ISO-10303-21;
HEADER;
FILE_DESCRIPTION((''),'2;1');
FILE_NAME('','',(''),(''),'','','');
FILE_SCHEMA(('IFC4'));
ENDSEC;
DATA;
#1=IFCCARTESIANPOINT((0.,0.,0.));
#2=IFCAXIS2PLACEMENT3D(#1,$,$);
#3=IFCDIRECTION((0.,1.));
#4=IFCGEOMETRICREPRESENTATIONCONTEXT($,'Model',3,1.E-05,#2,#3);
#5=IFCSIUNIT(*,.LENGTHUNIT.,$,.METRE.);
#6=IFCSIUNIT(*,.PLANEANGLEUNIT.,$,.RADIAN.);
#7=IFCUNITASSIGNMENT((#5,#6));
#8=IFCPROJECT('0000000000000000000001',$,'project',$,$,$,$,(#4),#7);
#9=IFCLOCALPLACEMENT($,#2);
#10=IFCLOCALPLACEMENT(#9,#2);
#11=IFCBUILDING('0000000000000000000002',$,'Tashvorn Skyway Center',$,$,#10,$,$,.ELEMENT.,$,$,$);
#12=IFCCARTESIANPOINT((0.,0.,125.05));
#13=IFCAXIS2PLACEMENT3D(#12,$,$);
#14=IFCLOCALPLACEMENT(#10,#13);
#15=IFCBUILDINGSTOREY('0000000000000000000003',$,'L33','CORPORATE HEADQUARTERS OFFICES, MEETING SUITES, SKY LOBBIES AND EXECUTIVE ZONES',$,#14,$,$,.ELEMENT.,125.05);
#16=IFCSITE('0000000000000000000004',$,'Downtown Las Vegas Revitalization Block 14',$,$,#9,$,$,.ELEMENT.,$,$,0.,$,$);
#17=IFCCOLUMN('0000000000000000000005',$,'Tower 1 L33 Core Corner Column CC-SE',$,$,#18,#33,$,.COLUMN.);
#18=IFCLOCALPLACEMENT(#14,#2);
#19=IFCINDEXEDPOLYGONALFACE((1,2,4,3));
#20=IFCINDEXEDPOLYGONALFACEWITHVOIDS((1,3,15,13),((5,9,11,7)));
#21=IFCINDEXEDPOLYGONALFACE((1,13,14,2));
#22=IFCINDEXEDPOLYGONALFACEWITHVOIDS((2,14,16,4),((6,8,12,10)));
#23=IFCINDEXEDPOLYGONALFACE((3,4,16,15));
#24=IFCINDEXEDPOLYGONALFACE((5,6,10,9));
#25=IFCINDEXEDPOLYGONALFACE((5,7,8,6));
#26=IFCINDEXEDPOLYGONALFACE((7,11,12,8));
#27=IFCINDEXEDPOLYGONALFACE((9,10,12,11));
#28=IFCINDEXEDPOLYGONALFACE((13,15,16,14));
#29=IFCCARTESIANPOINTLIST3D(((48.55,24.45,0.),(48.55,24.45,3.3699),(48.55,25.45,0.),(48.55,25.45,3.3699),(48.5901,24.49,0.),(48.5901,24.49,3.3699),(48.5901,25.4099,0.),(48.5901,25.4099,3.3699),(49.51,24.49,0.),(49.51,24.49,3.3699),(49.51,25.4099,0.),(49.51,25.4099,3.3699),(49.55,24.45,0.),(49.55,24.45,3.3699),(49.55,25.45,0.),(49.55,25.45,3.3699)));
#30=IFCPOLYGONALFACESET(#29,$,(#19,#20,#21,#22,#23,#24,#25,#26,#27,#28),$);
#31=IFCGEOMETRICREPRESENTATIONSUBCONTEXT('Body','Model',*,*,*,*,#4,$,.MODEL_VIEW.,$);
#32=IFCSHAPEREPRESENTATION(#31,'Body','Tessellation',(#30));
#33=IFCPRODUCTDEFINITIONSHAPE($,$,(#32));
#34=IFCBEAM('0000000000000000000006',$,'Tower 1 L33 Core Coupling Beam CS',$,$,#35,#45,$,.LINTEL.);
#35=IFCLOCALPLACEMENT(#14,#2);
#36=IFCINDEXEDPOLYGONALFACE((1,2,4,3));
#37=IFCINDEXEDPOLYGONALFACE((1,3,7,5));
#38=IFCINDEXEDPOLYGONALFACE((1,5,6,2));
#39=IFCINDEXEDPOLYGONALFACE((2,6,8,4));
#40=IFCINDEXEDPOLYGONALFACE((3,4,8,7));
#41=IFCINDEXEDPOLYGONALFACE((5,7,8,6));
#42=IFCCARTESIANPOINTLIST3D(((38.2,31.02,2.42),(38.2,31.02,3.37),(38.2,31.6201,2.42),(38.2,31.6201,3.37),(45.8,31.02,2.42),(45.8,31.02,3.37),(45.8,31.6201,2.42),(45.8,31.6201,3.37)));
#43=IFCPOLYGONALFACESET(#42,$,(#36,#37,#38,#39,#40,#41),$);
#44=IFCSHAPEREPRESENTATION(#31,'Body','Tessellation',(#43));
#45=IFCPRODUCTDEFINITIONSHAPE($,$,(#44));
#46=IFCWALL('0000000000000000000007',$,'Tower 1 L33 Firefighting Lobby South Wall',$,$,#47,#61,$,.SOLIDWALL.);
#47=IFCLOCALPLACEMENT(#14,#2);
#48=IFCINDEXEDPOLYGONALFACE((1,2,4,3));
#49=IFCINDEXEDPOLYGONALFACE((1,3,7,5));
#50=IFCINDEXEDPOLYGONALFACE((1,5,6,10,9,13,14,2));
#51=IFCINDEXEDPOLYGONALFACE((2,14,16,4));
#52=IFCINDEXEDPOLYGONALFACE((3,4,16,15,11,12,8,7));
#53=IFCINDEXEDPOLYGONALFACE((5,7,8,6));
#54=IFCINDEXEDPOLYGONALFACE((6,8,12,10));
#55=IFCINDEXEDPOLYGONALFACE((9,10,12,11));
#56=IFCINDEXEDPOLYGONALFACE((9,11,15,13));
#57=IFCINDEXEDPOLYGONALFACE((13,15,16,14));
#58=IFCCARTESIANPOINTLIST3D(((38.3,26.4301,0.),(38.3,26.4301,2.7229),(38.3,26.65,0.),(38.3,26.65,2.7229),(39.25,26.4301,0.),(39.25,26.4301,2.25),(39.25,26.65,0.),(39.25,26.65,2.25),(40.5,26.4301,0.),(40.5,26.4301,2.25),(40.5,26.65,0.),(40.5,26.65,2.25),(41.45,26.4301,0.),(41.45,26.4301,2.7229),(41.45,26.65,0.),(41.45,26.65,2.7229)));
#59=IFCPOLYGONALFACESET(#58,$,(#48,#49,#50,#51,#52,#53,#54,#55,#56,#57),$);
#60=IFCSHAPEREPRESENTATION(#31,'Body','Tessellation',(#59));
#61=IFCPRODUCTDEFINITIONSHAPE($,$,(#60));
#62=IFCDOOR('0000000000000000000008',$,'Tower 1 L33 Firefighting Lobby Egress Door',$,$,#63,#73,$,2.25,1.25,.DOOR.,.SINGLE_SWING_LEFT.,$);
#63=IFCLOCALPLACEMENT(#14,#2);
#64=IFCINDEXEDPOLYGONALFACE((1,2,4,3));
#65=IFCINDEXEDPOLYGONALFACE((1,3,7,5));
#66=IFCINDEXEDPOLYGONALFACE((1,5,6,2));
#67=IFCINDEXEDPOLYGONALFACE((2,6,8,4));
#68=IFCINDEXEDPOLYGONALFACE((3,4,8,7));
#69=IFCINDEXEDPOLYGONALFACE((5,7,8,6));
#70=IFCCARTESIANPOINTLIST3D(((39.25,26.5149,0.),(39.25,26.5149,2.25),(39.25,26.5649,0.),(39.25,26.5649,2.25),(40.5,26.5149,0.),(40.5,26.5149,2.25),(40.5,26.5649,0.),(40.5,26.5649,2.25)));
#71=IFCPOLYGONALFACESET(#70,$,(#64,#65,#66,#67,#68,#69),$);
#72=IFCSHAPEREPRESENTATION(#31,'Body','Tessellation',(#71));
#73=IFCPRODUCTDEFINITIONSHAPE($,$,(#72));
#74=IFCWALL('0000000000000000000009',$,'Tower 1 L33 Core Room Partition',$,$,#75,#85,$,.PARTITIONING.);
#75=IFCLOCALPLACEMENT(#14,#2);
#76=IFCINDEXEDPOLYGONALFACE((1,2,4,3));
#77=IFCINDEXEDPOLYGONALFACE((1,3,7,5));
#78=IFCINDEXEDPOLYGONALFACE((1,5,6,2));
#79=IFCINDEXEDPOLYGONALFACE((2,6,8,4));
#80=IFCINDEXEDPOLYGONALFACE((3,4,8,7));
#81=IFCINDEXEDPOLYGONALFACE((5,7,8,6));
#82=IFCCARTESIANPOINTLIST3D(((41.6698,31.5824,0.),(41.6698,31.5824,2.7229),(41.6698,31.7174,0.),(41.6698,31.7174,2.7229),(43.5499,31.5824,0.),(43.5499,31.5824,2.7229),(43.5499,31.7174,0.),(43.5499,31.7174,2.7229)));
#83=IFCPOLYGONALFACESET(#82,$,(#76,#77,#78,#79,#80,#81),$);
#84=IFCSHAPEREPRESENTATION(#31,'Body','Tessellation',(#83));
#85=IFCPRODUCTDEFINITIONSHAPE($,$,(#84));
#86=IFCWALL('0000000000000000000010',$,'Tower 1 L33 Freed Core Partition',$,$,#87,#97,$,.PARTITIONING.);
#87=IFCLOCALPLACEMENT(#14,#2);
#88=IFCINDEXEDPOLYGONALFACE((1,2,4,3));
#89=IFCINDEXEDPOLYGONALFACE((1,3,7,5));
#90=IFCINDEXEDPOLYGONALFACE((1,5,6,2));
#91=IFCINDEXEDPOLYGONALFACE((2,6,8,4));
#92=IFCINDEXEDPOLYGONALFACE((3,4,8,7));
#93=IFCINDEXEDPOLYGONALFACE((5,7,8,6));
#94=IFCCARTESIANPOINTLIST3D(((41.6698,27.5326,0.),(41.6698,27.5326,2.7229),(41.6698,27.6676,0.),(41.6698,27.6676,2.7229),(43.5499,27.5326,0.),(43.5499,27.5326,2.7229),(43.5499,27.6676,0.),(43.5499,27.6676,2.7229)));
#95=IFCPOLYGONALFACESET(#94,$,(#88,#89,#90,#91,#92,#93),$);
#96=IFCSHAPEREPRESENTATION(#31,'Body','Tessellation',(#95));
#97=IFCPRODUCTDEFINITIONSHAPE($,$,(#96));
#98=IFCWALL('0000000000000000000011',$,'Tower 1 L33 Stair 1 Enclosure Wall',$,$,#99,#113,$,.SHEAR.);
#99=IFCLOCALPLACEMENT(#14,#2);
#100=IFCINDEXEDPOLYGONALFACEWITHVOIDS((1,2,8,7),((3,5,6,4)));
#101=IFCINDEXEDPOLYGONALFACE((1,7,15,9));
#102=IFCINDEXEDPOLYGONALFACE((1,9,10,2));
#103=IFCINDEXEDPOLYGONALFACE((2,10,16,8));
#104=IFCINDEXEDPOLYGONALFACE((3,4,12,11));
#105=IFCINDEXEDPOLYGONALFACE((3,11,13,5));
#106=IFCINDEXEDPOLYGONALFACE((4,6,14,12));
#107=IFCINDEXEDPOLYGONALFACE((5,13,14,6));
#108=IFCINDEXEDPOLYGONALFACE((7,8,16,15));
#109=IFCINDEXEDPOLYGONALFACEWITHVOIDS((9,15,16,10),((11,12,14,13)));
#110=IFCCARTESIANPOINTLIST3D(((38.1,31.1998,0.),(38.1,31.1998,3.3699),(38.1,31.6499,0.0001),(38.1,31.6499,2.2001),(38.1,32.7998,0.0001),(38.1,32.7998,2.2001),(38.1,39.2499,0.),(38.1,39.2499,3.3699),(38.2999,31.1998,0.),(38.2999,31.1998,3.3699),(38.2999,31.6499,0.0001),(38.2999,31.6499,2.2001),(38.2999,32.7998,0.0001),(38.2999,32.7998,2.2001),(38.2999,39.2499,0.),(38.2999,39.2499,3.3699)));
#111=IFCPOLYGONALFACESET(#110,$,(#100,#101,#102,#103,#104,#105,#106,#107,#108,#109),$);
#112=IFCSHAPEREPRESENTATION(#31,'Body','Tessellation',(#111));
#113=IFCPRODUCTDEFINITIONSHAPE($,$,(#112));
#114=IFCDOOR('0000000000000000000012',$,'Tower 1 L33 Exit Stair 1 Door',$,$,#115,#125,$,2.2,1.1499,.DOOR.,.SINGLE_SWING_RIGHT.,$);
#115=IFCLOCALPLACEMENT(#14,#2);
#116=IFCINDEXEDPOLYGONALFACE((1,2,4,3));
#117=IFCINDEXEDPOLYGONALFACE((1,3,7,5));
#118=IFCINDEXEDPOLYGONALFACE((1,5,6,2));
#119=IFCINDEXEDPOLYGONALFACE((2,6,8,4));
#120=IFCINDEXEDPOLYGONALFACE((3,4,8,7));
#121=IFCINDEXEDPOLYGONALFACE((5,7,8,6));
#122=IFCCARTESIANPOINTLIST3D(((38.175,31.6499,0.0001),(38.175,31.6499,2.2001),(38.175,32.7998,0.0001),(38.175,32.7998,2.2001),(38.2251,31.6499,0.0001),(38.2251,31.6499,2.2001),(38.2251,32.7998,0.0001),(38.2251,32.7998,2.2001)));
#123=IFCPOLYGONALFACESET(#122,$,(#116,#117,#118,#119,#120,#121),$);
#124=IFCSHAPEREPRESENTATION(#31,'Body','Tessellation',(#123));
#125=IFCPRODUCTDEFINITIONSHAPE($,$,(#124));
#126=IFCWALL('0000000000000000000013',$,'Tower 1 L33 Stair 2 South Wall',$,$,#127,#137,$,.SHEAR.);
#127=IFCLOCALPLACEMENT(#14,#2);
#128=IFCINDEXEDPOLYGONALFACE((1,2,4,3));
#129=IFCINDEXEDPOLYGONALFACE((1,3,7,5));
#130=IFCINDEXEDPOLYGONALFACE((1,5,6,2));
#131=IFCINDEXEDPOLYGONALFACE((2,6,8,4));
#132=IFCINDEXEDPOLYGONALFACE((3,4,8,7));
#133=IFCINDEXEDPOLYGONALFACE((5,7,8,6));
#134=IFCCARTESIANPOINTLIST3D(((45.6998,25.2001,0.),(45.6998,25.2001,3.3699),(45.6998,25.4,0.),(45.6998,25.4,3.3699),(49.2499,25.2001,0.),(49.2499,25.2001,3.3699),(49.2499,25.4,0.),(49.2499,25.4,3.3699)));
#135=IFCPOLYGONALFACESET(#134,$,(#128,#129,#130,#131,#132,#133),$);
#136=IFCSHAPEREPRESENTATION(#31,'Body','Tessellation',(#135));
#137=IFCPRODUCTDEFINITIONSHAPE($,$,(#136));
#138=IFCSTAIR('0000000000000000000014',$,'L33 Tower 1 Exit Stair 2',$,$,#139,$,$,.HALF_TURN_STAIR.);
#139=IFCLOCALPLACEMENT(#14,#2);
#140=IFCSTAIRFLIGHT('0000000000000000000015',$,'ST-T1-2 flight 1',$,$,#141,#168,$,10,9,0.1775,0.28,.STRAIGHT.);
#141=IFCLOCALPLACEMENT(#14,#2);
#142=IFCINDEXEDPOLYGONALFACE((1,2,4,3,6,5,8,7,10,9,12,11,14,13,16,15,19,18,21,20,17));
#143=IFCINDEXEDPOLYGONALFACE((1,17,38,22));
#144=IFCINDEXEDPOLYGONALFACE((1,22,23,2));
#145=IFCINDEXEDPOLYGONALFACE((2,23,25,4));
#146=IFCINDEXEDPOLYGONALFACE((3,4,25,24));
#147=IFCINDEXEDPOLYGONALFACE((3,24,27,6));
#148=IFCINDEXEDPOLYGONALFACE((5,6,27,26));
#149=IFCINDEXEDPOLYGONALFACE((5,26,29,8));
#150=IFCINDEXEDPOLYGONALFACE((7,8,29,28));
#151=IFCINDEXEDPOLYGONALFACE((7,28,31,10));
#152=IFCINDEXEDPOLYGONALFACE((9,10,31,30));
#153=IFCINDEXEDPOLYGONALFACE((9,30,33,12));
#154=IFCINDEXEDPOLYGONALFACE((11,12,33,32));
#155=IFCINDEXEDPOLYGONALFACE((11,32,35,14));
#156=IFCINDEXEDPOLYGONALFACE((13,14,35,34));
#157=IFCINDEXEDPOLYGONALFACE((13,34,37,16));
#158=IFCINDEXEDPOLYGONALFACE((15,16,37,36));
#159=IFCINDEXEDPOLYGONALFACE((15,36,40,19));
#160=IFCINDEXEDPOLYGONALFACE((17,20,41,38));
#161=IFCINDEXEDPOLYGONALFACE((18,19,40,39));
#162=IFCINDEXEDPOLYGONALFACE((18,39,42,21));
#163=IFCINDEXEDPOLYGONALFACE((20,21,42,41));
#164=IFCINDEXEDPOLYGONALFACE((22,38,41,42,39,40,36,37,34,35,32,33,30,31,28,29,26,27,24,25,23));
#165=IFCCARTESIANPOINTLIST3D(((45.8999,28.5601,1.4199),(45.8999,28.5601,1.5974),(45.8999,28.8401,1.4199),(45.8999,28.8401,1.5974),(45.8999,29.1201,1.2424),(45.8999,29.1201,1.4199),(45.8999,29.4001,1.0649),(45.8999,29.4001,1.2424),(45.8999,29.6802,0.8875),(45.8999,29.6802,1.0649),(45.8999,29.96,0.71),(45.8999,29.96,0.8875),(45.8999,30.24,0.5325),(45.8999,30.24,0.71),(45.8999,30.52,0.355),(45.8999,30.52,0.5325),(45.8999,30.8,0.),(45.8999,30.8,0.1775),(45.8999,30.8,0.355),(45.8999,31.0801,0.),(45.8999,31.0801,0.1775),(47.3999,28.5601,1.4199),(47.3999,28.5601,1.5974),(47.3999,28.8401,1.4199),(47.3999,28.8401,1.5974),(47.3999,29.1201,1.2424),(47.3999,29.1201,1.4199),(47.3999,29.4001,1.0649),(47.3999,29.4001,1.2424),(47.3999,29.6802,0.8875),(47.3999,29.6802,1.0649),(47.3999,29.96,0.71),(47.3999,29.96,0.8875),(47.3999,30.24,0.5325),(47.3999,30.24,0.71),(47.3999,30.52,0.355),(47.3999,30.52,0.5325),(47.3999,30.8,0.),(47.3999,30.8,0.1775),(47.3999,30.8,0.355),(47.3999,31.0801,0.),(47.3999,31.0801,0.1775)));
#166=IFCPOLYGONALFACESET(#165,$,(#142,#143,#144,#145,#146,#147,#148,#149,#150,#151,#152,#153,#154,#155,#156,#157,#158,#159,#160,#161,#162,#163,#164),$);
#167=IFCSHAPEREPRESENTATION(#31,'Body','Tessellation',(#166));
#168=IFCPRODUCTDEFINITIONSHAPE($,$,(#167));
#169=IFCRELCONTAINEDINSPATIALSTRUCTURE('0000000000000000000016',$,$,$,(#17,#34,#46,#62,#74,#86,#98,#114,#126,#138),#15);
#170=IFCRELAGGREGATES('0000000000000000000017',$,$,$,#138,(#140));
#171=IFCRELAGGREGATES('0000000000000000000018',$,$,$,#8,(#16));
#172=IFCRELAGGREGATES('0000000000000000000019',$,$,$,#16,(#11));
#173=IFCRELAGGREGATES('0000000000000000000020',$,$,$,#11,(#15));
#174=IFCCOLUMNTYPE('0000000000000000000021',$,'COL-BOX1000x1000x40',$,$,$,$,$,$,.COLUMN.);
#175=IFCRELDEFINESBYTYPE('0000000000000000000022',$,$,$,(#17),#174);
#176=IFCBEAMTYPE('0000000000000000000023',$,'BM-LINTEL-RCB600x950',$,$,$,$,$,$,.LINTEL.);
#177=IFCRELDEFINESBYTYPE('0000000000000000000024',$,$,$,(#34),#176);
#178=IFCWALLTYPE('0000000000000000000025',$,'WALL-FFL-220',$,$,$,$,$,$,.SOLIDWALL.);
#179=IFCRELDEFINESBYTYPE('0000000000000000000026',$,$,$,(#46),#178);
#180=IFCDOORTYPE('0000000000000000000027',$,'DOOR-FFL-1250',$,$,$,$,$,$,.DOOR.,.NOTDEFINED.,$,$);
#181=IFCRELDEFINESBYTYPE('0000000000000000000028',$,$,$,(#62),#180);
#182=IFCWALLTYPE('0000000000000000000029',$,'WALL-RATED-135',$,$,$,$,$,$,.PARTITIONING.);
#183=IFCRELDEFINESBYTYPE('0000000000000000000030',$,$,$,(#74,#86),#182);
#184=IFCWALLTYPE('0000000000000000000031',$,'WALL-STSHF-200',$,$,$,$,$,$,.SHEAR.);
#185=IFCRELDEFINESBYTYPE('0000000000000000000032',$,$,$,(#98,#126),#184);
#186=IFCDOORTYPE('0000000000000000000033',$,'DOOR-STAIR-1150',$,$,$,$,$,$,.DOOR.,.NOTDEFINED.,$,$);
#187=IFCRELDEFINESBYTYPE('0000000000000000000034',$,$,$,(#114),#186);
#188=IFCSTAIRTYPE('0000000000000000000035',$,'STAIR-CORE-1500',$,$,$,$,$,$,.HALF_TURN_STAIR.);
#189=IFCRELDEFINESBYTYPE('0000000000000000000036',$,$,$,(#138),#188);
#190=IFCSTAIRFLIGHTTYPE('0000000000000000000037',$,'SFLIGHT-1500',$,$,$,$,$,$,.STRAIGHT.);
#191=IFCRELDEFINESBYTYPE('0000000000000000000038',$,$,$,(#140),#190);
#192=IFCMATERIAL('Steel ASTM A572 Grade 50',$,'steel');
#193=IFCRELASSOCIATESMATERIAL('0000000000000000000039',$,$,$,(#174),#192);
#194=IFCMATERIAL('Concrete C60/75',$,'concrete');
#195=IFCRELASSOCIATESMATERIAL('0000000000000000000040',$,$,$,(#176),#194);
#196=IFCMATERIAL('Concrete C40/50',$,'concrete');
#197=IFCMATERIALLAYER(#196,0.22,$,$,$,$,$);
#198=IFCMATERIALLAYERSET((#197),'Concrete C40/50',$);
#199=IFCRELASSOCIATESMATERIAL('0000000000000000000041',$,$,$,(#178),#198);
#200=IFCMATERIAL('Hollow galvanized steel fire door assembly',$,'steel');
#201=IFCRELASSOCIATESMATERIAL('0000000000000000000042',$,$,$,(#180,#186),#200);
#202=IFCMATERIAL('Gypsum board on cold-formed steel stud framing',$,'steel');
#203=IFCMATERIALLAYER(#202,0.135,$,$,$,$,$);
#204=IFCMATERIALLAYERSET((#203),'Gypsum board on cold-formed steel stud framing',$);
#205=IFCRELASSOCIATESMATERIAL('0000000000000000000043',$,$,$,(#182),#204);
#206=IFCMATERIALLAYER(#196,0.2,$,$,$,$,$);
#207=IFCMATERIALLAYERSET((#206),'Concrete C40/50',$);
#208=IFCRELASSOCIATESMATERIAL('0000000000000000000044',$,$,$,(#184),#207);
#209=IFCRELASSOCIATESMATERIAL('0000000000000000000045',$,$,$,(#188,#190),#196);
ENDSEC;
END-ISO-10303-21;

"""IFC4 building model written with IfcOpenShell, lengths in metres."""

from ifc_helpers import new_model, si_unit, direction, frame, frame_2d, origin, origin_2d, place, context, subcontext, project, spatial, polyline, rectangle, hollow_rectangle, outline, extrude, material, layer, layer_set, material_profile, profile_set, type_object, element, fill, aggregate, save


model = new_model("IFC4")

# Units and contexts
model_context = context("Model", 3, precision=1e-05, world=origin(), true_north=direction((0.0, 1.0)))
body_context = subcontext(model_context, "Body", "Model", "MODEL_VIEW")
ifc_project = project(units=[si_unit("LENGTHUNIT", "METRE"), si_unit("PLANEANGLEUNIT", "RADIAN")], contexts=[model_context])

# Site, building, storey
site_placement = place(None, origin())
site = spatial("IfcSite", under=ifc_project, at=site_placement, Name="Downtown Las Vegas Revitalization Block 14", CompositionType="ELEMENT", RefElevation=0.0)
building_placement = place(site_placement, origin())
building = spatial("IfcBuilding", under=site, at=building_placement, Name="Tashvorn Skyway Center", CompositionType="ELEMENT")
storey_placement = place(building_placement, frame((0.0, 0.0, 125.05)))
storey = spatial("IfcBuildingStorey", under=building, at=storey_placement, Name="L33", Description="CORPORATE HEADQUARTERS OFFICES, MEETING SUITES, SKY LOBBIES AND EXECUTIVE ZONES", CompositionType="ELEMENT", Elevation=125.05)

# Column
ifc_material_1 = material(Name="Steel ASTM A572 Grade 50", Category="steel")
ifc_material_profile_1 = material_profile(ifc_material_1, hollow_rectangle(XDim=1.0, YDim=1.0, WallThickness=0.04, at=origin_2d()), Name="BOX1000x1000x40")
ifc_profile_set_1 = profile_set([ifc_material_profile_1], Name="Steel ASTM A572 Grade 50")
column_type = type_object("IfcColumnType", Name="COL-BOX1000x1000x40", PredefinedType="COLUMN", material=ifc_profile_set_1)
column_placement = place(storey_placement, frame((49.05, 24.95, 0.0), z_axis=(0.0, 0.0, 1.0), x_axis=(1.0, 0.0, 0.0)))
element("IfcColumn", 1, at=column_placement, inside=storey, type_object=column_type, Name="Tower 1 L33 Core Corner Column CC-SE", PredefinedType="COLUMN", context=body_context, shape_type="SweptSolid", body=[
    extrude(hollow_rectangle(XDim=1.0, YDim=1.0, WallThickness=0.04, at=origin_2d()), origin(), (0.0, 0.0, 1.0), 3.3699),
])

# Beam
ifc_material_2 = material(Name="Concrete C60/75", Category="concrete")
ifc_material_profile_2 = material_profile(ifc_material_2, rectangle(XDim=0.6001, YDim=0.95, at=origin_2d()), Name="RCB600x950")
ifc_profile_set_2 = profile_set([ifc_material_profile_2], Name="Concrete C60/75")
beam_type = type_object("IfcBeamType", Name="BM-LINTEL-RCB600x950", PredefinedType="LINTEL", material=ifc_profile_set_2)
beam_placement = place(storey_placement, frame((38.2, 31.3201, 2.895), z_axis=(1.0, 0.0, 0.0), x_axis=(0.0, 1.0, 0.0)))
element("IfcBeam", 2, at=beam_placement, inside=storey, type_object=beam_type, Name="Tower 1 L33 Core Coupling Beam CS", PredefinedType="LINTEL", context=body_context, shape_type="SweptSolid", body=[
    extrude(rectangle(XDim=0.6001, YDim=0.95, at=origin_2d()), origin(), (0.0, 0.0, 1.0), 7.6001),
])

# Wall, opening, door
ifc_material_3 = material(Name="Concrete C40/50", Category="concrete")
ifc_layer_1 = layer(ifc_material_3, 0.22)
ifc_layer_set_1 = layer_set([ifc_layer_1], Name="Concrete C40/50")
wall_type_1 = type_object("IfcWallType", Name="WALL-FFL-220", PredefinedType="SOLIDWALL", material=ifc_layer_set_1)
wall_1_placement = place(storey_placement, frame((38.3, 26.54, 0.0), z_axis=(0.0, 0.0, 1.0), x_axis=(1.0, 0.0, 0.0)))
wall_1 = element("IfcWall", 3, at=wall_1_placement, inside=storey, type_object=wall_type_1, Name="Tower 1 L33 Firefighting Lobby South Wall", PredefinedType="SOLIDWALL", context=body_context, shape_type="SweptSolid", body=[
    extrude(rectangle(XDim=3.1499, YDim=0.22, at=frame_2d((1.575, 0.0))), origin(), (0.0, 0.0, 1.0), 2.7229),
])
opening_1_placement = place(wall_1_placement, frame((0.95, 0.0, 0.0)))
opening_1 = element("IfcOpeningElement", 4, at=opening_1_placement, cuts=wall_1, PredefinedType="OPENING", context=body_context, shape_type="SweptSolid", body=[
    extrude(rectangle(XDim=1.25, YDim=2.25, at=frame_2d((0.625, 1.125))), frame((0.0, 0.1199, 0.0), z_axis=(0.0, -1.0, 0.0), x_axis=(1.0, 0.0, 0.0)), (0.0, 0.0, 1.0), 0.24),
])
ifc_material_4 = material(Name="Hollow galvanized steel fire door assembly", Category="steel")
door_type_1 = type_object("IfcDoorType", Name="DOOR-FFL-1250", OperationType="NOTDEFINED", PredefinedType="DOOR", material=ifc_material_4)
door_1_placement = place(opening_1_placement, origin())
door_1 = element("IfcDoor", 5, at=door_1_placement, inside=storey, type_object=door_type_1, Name="Tower 1 L33 Firefighting Lobby Egress Door", OperationType="SINGLE_SWING_LEFT", OverallHeight=2.25, OverallWidth=1.25, PredefinedType="DOOR", context=body_context, shape_type="SweptSolid", body=[
    extrude(rectangle(XDim=1.25, YDim=2.25, at=frame_2d((0.625, 1.125))), frame((0.0, 0.0249, 0.0), z_axis=(0.0, -1.0, 0.0), x_axis=(1.0, 0.0, 0.0)), (0.0, 0.0, 1.0), 0.05),
])
fill(opening_1, door_1)

# Walls
ifc_material_5 = material(Name="Gypsum board on cold-formed steel stud framing", Category="steel")
ifc_layer_2 = layer(ifc_material_5, 0.135)
ifc_layer_set_2 = layer_set([ifc_layer_2], Name="Gypsum board on cold-formed steel stud framing")
wall_type_2 = type_object("IfcWallType", Name="WALL-RATED-135", PredefinedType="PARTITIONING", material=ifc_layer_set_2)
for number, where, z_axis, x_axis, name in (
    (6, (41.6699, 31.6499, 0.0), (0.0, 0.0, 1.0), (1.0, 0.0, 0.0), "Tower 1 L33 Core Room Partition"),
    (7, (41.6699, 27.6001, 0.0), (0.0, 0.0, 1.0), (1.0, 0.0, 0.0), "Tower 1 L33 Freed Core Partition"),
):
    element("IfcWall", number, at=place(storey_placement, frame(where, z_axis=z_axis, x_axis=x_axis)), inside=storey, type_object=wall_type_2, Name=name, PredefinedType="PARTITIONING", context=body_context, shape_type="SweptSolid", body=[
        extrude(rectangle(XDim=1.8801, YDim=0.135, at=frame_2d((0.9399, 0.0))), origin(), (0.0, 0.0, 1.0), 2.7229),
    ])

# Wall, opening, door
ifc_layer_3 = layer(ifc_material_3, 0.2)
ifc_layer_set_3 = layer_set([ifc_layer_3], Name="Concrete C40/50")
wall_type_3 = type_object("IfcWallType", Name="WALL-STSHF-200", PredefinedType="SHEAR", material=ifc_layer_set_3)
wall_2_placement = place(storey_placement, frame((38.2, 31.2, 0.0), z_axis=(0.0, 0.0, 1.0), x_axis=(0.0, 1.0, 0.0)))
wall_2 = element("IfcWall", 8, at=wall_2_placement, inside=storey, type_object=wall_type_3, Name="Tower 1 L33 Stair 1 Enclosure Wall", PredefinedType="SHEAR", context=body_context, shape_type="SweptSolid", body=[
    extrude(rectangle(XDim=8.05, YDim=0.2, at=frame_2d((4.0249, 0.0))), origin(), (0.0, 0.0, 1.0), 3.3699),
])
opening_2_placement = place(wall_2_placement, frame((0.45, 0.0, 0.0)))
opening_2 = element("IfcOpeningElement", 9, at=opening_2_placement, cuts=wall_2, PredefinedType="OPENING", context=body_context, shape_type="SweptSolid", body=[
    extrude(rectangle(XDim=1.1499, YDim=2.2, at=frame_2d((0.575, 1.1001))), frame((0.0, 0.1099, 0.0), z_axis=(0.0, -1.0, 0.0), x_axis=(1.0, 0.0, 0.0)), (0.0, 0.0, 1.0), 0.22),
])
door_type_2 = type_object("IfcDoorType", Name="DOOR-STAIR-1150", OperationType="NOTDEFINED", PredefinedType="DOOR", material=ifc_material_4)
door_2_placement = place(opening_2_placement, origin())
door_2 = element("IfcDoor", 10, at=door_2_placement, inside=storey, type_object=door_type_2, Name="Tower 1 L33 Exit Stair 1 Door", OperationType="SINGLE_SWING_RIGHT", OverallHeight=2.2, OverallWidth=1.1499, PredefinedType="DOOR", context=body_context, shape_type="SweptSolid", body=[
    extrude(rectangle(XDim=1.1499, YDim=2.2, at=frame_2d((0.575, 1.1001))), frame((0.0, 0.0249, 0.0), z_axis=(0.0, -1.0, 0.0), x_axis=(1.0, 0.0, 0.0)), (0.0, 0.0, 1.0), 0.05),
])
fill(opening_2, door_2)

# Wall
wall_3_placement = place(storey_placement, frame((45.7, 25.3, 0.0), z_axis=(0.0, 0.0, 1.0), x_axis=(1.0, 0.0, 0.0)))
element("IfcWall", 11, at=wall_3_placement, inside=storey, type_object=wall_type_3, Name="Tower 1 L33 Stair 2 South Wall", PredefinedType="SHEAR", context=body_context, shape_type="SweptSolid", body=[
    extrude(rectangle(XDim=3.55, YDim=0.2, at=frame_2d((1.7749, 0.0))), origin(), (0.0, 0.0, 1.0), 3.3699),
])

# Stair, stair flight
stair_type = type_object("IfcStairType", Name="STAIR-CORE-1500", PredefinedType="HALF_TURN_STAIR", material=ifc_material_3)
stair_placement = place(storey_placement, origin())
stair = element("IfcStair", 12, at=stair_placement, inside=storey, type_object=stair_type, Name="L33 Tower 1 Exit Stair 2", PredefinedType="HALF_TURN_STAIR")
stair_flight_type = type_object("IfcStairFlightType", Name="SFLIGHT-1500", PredefinedType="STRAIGHT", material=ifc_material_3)
stair_flight_1_placement = place(storey_placement, frame((46.6499, 31.0801, 0.0), z_axis=(0.0, 0.0, 1.0), x_axis=(0.0, -1.0, 0.0)))
stair_flight_1 = element("IfcStairFlight", 13, at=stair_flight_1_placement, type_object=stair_flight_type, Name="ST-T1-2 flight 1", NumberOfRisers=10, NumberOfTreads=9, PredefinedType="STRAIGHT", RiserHeight=0.1775, TreadLength=0.28, context=body_context, shape_type="SweptSolid", body=[
    extrude(outline(polyline([(0.0, 0.0), (0.0, 0.1775), (0.28, 0.1775), (0.28, 0.355), (0.5601, 0.355), (0.5601, 0.5325), (0.8401, 0.5325), (0.8401, 0.71), (1.1201, 0.71), (1.1201, 0.8875), (1.3999, 0.8875), (1.3999, 1.0649), (1.6799, 1.0649), (1.6799, 1.2424), (1.96, 1.2424), (1.96, 1.4199), (2.24, 1.4199), (2.24, 1.5974), (2.52, 1.5974), (2.52, 1.7749), (2.52, 1.4199), (0.28, 0.0), (0.0, 0.0)])), frame((0.0, 0.75, 0.0), z_axis=(0.0, -1.0, 0.0), x_axis=(1.0, 0.0, 0.0)), (0.0, 0.0, 1.0), 1.5),
])
aggregate(stair, [stair_flight_1])

save(model, "model.ifc")
